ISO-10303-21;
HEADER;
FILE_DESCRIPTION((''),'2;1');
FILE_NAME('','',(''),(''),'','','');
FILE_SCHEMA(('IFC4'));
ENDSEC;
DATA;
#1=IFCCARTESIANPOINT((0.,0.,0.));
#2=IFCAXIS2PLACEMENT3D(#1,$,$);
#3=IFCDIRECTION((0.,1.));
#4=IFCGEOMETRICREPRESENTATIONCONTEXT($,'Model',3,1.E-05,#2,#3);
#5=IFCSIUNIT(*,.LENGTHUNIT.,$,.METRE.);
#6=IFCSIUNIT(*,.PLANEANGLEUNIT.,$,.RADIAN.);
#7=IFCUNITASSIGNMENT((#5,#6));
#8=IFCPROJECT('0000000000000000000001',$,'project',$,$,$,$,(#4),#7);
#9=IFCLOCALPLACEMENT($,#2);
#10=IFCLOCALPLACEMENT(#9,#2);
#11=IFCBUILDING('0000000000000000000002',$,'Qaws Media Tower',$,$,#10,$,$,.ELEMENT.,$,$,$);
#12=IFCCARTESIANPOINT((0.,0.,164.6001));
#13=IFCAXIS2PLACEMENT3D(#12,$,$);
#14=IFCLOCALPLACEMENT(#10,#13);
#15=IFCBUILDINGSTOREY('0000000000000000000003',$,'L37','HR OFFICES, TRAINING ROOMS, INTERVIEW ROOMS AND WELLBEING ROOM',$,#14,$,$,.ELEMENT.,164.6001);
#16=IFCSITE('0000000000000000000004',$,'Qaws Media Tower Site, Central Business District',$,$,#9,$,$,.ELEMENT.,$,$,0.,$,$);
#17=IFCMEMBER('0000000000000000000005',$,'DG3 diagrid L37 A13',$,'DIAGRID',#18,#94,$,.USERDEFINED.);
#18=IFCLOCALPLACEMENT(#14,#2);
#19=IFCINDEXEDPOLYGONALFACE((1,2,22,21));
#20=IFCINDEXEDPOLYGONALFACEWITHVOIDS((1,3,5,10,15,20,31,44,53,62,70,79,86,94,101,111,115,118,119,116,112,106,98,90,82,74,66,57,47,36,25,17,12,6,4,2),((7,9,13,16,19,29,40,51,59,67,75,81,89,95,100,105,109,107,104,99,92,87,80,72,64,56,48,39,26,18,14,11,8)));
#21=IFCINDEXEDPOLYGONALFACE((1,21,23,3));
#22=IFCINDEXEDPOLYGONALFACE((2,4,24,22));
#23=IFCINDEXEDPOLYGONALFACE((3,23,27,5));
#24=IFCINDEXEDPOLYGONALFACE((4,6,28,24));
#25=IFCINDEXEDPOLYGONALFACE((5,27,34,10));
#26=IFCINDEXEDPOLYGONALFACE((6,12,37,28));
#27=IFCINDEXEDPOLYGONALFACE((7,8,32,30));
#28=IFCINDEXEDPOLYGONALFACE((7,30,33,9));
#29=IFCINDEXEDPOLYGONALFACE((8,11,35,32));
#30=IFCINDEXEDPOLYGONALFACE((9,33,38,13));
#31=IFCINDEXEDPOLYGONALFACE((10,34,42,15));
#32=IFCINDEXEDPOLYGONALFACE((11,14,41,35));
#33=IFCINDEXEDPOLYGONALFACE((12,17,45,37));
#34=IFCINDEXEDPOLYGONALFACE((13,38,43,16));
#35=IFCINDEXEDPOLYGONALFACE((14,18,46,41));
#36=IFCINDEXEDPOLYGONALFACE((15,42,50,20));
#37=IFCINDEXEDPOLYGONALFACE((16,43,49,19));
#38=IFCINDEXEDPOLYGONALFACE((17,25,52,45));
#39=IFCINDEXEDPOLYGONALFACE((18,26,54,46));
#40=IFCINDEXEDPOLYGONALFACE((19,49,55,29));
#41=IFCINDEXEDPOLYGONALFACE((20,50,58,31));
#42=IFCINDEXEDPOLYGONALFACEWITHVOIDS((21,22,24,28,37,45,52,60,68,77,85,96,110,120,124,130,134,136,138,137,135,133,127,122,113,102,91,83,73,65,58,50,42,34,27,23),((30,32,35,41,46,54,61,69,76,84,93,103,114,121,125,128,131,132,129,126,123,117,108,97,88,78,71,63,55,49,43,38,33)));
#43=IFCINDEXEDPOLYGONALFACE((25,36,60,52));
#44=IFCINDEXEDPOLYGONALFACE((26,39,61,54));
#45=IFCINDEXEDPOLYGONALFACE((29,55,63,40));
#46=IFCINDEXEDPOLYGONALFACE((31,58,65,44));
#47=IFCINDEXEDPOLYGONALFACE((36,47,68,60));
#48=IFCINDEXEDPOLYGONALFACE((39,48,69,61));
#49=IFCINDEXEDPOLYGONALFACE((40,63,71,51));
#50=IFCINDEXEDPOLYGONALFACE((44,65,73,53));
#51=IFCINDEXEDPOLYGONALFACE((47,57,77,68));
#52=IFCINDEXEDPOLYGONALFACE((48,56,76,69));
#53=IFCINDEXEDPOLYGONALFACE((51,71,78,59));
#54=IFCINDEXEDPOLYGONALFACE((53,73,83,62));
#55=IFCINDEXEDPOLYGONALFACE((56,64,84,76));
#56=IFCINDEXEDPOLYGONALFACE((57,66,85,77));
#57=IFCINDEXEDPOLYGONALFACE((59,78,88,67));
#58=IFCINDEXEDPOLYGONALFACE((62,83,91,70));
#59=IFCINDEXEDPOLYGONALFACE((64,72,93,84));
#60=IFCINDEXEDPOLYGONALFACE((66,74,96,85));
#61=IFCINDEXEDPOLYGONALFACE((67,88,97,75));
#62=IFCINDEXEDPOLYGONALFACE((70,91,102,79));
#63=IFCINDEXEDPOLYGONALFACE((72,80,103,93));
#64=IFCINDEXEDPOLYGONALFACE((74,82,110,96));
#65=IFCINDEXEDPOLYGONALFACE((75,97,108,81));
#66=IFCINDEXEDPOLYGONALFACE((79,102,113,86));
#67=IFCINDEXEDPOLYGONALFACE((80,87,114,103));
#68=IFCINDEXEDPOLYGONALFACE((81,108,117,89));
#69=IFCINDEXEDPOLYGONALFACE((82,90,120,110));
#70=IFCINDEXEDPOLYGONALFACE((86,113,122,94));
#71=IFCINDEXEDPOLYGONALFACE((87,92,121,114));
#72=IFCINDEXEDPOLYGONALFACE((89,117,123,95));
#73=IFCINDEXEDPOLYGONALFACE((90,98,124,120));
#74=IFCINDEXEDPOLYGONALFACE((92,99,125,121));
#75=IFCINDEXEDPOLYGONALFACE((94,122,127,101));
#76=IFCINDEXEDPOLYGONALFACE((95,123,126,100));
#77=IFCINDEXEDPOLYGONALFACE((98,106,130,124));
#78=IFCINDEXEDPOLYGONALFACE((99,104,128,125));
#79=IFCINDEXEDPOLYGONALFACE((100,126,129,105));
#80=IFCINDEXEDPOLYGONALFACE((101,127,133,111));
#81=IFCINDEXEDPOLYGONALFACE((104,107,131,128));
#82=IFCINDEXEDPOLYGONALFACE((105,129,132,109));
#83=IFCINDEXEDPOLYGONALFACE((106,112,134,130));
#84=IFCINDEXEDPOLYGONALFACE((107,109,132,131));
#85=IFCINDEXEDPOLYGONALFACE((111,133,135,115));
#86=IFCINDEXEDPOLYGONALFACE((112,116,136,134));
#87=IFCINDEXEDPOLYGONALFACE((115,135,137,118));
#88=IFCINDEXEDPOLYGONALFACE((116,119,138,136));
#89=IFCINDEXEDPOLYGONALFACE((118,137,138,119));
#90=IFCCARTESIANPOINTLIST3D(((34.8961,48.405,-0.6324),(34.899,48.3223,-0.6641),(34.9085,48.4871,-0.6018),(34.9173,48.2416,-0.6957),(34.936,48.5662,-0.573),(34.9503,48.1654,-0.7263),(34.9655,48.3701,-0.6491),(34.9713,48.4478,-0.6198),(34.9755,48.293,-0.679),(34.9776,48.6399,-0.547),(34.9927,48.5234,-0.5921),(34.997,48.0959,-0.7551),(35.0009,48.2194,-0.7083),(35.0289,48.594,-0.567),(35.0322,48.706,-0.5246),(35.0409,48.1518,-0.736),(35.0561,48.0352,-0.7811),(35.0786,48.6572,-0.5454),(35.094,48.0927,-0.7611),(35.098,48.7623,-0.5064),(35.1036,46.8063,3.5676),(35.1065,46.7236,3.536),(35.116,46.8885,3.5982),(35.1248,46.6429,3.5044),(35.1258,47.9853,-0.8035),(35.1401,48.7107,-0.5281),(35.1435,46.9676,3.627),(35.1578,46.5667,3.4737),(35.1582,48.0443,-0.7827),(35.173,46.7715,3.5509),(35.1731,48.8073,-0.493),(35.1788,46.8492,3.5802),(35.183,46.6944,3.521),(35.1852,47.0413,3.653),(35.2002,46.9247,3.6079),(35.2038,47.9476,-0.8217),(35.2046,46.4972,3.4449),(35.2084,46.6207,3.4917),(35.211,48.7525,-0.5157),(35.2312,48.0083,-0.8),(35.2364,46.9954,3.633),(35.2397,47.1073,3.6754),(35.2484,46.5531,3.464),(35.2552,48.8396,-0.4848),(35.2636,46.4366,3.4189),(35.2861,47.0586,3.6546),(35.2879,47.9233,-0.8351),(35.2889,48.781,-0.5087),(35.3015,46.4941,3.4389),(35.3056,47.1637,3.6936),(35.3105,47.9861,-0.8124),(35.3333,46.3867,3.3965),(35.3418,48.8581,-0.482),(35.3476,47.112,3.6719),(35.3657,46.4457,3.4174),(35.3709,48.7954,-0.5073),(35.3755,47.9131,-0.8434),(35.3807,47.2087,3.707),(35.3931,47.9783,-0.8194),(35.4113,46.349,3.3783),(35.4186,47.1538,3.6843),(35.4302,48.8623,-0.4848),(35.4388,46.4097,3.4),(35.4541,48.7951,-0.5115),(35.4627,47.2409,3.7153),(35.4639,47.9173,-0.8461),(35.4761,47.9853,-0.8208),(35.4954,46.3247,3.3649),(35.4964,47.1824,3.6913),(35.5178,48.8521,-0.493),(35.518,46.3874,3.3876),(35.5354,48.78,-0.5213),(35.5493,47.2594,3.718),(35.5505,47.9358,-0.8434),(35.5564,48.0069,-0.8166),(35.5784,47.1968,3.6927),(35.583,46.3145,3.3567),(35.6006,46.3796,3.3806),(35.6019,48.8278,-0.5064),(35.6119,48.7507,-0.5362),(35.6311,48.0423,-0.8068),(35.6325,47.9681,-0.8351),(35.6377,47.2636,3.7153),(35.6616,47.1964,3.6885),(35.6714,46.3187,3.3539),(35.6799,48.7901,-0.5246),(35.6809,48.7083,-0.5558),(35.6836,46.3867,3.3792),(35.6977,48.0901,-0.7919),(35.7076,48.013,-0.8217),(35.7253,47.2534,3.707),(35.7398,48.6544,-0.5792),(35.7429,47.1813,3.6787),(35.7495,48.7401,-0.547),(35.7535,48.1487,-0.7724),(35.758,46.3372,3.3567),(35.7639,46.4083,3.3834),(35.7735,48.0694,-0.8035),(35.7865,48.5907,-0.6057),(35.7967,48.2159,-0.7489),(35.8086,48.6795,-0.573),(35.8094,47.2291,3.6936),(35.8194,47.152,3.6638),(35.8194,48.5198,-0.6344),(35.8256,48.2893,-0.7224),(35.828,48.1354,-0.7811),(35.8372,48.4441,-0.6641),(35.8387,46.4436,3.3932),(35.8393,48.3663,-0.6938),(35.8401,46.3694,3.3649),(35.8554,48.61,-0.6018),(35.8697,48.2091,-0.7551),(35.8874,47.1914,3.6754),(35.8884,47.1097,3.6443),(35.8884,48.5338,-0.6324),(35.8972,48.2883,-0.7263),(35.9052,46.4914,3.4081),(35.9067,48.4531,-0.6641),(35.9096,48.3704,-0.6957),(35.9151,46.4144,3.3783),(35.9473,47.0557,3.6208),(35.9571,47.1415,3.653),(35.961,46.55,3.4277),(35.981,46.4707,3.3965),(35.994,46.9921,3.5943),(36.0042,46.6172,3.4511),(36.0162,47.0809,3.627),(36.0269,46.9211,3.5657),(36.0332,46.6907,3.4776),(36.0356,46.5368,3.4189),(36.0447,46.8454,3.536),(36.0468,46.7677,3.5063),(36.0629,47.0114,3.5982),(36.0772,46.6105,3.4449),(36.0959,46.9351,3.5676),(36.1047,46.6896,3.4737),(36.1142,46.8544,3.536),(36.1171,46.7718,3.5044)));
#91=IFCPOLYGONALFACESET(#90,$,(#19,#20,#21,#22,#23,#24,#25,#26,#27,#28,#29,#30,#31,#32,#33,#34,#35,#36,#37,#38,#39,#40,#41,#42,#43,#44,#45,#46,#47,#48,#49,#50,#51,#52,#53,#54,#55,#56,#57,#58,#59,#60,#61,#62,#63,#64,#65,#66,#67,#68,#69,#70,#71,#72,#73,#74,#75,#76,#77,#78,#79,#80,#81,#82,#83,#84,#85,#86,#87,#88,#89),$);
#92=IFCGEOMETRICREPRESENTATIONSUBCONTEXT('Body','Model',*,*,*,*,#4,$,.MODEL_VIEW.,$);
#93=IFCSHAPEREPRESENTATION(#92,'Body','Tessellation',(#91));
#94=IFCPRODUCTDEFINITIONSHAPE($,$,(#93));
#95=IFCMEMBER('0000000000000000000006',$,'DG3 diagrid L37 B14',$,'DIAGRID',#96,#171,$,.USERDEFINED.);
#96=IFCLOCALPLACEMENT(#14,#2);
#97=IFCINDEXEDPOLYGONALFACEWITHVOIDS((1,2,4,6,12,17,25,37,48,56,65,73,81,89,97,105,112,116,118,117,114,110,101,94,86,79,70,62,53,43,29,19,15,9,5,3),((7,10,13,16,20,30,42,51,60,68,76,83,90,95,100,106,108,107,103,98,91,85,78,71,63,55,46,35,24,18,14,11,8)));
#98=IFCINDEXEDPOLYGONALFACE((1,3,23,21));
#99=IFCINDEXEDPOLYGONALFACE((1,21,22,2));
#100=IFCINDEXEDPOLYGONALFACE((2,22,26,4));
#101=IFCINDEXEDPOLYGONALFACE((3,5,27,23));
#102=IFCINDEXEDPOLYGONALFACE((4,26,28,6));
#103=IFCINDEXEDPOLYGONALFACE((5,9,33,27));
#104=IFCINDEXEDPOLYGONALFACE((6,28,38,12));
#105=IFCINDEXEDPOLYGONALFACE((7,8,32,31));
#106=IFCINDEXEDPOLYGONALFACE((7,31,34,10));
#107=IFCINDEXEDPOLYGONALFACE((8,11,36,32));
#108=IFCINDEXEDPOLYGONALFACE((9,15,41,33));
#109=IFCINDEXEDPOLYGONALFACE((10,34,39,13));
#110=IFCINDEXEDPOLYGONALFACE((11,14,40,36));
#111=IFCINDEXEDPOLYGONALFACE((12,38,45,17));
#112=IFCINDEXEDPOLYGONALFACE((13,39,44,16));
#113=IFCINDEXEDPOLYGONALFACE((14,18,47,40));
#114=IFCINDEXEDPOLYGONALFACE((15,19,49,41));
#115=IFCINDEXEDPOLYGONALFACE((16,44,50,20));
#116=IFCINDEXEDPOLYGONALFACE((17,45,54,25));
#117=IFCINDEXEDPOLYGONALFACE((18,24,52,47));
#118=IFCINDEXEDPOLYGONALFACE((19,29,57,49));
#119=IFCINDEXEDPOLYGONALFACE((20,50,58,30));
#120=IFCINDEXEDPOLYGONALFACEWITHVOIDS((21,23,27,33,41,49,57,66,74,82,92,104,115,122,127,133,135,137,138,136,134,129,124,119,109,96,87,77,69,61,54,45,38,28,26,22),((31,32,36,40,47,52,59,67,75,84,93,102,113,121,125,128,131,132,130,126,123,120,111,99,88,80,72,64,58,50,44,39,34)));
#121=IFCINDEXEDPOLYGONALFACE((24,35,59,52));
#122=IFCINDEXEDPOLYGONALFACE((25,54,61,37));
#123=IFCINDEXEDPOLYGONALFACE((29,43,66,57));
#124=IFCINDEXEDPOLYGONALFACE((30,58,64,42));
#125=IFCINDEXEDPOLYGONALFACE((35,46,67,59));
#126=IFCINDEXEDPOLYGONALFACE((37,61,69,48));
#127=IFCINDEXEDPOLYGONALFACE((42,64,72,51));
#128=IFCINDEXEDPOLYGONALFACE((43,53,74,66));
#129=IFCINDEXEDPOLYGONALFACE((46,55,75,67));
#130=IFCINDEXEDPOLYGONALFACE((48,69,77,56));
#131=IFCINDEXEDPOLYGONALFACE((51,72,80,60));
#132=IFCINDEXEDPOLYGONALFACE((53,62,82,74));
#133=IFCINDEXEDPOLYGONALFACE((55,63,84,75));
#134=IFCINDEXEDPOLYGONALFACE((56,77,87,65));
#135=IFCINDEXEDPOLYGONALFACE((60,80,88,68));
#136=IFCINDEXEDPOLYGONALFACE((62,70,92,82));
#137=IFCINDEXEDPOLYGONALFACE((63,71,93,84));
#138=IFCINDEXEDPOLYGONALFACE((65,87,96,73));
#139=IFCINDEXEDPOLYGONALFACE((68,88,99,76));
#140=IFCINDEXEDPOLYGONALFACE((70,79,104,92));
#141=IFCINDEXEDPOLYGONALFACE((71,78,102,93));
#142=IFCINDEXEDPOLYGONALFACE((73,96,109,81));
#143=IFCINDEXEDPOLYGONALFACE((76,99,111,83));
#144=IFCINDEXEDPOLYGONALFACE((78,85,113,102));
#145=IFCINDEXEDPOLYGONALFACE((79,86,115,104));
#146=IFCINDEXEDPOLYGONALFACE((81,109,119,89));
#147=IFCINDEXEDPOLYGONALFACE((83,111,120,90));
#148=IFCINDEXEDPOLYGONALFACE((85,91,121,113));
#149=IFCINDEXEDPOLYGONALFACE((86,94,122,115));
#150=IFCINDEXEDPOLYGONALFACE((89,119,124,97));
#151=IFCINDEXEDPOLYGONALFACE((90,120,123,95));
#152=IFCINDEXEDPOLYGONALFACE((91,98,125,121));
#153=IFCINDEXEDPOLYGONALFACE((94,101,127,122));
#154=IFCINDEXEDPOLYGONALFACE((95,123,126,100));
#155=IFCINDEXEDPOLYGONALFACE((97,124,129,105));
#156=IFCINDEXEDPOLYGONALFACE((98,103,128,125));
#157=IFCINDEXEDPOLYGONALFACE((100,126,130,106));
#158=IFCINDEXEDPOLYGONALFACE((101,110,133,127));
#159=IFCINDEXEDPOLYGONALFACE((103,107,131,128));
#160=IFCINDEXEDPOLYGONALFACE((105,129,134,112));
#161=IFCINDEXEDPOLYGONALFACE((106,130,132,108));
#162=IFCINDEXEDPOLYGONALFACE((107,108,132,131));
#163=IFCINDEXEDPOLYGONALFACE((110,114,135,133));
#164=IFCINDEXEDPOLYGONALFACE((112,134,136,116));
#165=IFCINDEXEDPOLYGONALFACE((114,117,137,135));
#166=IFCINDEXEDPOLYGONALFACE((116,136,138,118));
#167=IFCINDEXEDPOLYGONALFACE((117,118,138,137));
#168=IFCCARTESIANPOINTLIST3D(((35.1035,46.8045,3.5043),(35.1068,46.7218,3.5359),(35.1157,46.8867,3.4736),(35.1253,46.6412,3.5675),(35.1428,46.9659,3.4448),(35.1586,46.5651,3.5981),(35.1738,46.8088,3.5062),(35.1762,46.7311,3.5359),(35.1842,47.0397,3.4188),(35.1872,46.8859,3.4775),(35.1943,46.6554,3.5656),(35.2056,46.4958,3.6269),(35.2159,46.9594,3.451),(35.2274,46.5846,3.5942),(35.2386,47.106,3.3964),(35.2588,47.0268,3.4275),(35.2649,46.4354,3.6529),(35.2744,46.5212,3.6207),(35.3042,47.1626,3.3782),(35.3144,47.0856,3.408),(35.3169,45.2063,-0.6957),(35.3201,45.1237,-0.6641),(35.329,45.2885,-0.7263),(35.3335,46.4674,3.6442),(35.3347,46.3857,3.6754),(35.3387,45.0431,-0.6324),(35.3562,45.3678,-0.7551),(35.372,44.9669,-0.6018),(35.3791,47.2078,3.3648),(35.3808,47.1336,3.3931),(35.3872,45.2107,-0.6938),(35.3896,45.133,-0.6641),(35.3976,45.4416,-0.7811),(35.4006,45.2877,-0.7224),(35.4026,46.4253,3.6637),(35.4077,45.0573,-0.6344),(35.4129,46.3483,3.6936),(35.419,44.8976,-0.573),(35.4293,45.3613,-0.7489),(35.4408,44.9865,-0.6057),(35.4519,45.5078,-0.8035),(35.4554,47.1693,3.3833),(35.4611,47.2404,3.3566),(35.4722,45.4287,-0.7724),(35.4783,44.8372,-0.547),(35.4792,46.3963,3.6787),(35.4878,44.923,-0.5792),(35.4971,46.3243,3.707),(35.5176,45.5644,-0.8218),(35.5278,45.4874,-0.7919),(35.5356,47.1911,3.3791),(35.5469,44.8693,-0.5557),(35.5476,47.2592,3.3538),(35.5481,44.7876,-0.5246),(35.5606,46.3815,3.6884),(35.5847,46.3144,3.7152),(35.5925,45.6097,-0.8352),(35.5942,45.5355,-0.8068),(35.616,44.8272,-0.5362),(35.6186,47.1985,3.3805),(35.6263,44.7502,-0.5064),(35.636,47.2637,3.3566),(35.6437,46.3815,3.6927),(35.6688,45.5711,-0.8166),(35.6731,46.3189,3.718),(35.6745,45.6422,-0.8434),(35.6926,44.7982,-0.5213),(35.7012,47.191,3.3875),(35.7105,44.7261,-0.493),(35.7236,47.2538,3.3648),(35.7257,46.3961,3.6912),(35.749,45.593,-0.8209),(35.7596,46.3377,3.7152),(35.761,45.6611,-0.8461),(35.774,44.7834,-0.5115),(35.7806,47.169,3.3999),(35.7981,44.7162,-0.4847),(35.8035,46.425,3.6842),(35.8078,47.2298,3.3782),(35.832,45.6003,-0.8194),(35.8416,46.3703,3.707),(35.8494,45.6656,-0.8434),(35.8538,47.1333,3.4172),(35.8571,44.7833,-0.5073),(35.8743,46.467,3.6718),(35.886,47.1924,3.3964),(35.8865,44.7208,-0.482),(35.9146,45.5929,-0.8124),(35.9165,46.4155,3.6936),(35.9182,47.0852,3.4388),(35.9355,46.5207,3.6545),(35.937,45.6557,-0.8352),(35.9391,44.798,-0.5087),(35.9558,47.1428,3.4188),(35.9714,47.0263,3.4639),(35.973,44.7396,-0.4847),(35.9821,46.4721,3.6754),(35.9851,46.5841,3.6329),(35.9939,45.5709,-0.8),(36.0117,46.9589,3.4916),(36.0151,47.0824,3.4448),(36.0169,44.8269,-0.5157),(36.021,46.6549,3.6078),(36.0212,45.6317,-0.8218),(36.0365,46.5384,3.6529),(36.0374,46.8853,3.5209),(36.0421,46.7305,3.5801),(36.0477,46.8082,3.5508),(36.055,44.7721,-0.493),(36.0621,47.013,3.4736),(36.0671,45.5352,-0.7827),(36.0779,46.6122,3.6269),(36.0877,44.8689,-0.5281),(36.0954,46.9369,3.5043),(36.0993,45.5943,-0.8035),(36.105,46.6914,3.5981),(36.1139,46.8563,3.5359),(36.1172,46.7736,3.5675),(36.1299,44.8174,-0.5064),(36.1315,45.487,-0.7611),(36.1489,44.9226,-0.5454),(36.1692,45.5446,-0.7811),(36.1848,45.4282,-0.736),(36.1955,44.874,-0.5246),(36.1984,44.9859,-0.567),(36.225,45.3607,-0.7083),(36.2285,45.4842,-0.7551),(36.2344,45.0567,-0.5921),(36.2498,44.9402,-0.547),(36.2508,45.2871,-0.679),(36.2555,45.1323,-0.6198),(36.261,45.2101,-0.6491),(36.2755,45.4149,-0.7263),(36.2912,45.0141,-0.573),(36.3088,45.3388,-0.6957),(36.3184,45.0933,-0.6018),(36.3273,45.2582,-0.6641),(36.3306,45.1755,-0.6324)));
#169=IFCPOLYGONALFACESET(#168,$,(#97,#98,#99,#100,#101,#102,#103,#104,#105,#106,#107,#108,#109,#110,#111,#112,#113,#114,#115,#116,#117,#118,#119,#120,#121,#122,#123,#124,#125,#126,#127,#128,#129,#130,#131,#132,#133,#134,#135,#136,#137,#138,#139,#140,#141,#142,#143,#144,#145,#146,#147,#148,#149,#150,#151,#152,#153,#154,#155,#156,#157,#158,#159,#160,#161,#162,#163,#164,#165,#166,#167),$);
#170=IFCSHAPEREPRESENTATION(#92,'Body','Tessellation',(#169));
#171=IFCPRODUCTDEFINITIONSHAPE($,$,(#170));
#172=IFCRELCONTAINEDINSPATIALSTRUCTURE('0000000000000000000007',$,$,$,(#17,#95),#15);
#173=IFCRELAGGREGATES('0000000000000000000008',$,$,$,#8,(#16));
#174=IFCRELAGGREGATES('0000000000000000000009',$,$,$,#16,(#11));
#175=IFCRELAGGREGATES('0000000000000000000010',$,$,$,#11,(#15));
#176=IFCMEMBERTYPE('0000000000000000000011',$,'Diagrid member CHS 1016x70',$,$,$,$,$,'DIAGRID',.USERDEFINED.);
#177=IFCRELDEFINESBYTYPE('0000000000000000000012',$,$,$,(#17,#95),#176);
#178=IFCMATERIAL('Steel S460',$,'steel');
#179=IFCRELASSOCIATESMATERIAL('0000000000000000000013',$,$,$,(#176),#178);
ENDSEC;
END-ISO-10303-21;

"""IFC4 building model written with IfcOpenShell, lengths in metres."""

from ifc_helpers import new_model, si_unit, direction, frame, origin, origin_2d, place, context, subcontext, project, spatial, hollow_circle, extrude, material, material_profile, profile_set, type_object, element, save


model = new_model("IFC4")

# Units and contexts
model_context = context("Model", 3, precision=1e-05, world=origin(), true_north=direction((0.0, 1.0)))
body_context = subcontext(model_context, "Body", "Model", "MODEL_VIEW")
ifc_project = project(units=[si_unit("LENGTHUNIT", "METRE"), si_unit("PLANEANGLEUNIT", "RADIAN")], contexts=[model_context])

# Site, building, storey
site_placement = place(None, origin())
site = spatial("IfcSite", under=ifc_project, at=site_placement, Name="Qaws Media Tower Site, Central Business District", CompositionType="ELEMENT", RefElevation=0.0)
building_placement = place(site_placement, origin())
building = spatial("IfcBuilding", under=site, at=building_placement, Name="Qaws Media Tower", CompositionType="ELEMENT")
storey_placement = place(building_placement, frame((0.0, 0.0, 164.6001)))
storey = spatial("IfcBuildingStorey", under=building, at=storey_placement, Name="L37", Description="HR OFFICES, TRAINING ROOMS, INTERVIEW ROOMS AND WELLBEING ROOM", CompositionType="ELEMENT", Elevation=164.6001)

# Members
ifc_material_1 = material(Name="Steel S460", Category="steel")
ifc_material_profile_1 = material_profile(ifc_material_1, hollow_circle(Radius=0.5081, WallThickness=0.0701, at=origin_2d()), Name="CHS 1016x70")
ifc_profile_set_1 = profile_set([ifc_material_profile_1], Name="Steel S460")
member_type_1 = type_object("IfcMemberType", Name="Diagrid member CHS 1016x70", ElementType="DIAGRID", PredefinedType="USERDEFINED", material=ifc_profile_set_1)
for number, where, z_axis, x_axis, name in (
    (1, (35.4028, 48.3877, -0.6641), (0.046129, -0.355355, 0.933593), (0.99168, 0.128731, 0.0), "DG3 diagrid L37 A13"),
    (2, (35.8237, 45.1909, -0.6641), (-0.04743, 0.355238, 0.933572), (-0.991204, -0.132342, 0.0), "DG3 diagrid L37 B14"),
):
    element("IfcMember", number, at=place(storey_placement, frame(where, z_axis=z_axis, x_axis=x_axis)), inside=storey, type_object=member_type_1, Name=name, ObjectType="DIAGRID", PredefinedType="USERDEFINED", context=body_context, shape_type="SweptSolid", body=[
        extrude(hollow_circle(Radius=0.5081, WallThickness=0.0701, at=origin_2d()), origin(), (0.0, 0.0, 1.0), 4.4988),
    ])

save(model, "model.ifc")
